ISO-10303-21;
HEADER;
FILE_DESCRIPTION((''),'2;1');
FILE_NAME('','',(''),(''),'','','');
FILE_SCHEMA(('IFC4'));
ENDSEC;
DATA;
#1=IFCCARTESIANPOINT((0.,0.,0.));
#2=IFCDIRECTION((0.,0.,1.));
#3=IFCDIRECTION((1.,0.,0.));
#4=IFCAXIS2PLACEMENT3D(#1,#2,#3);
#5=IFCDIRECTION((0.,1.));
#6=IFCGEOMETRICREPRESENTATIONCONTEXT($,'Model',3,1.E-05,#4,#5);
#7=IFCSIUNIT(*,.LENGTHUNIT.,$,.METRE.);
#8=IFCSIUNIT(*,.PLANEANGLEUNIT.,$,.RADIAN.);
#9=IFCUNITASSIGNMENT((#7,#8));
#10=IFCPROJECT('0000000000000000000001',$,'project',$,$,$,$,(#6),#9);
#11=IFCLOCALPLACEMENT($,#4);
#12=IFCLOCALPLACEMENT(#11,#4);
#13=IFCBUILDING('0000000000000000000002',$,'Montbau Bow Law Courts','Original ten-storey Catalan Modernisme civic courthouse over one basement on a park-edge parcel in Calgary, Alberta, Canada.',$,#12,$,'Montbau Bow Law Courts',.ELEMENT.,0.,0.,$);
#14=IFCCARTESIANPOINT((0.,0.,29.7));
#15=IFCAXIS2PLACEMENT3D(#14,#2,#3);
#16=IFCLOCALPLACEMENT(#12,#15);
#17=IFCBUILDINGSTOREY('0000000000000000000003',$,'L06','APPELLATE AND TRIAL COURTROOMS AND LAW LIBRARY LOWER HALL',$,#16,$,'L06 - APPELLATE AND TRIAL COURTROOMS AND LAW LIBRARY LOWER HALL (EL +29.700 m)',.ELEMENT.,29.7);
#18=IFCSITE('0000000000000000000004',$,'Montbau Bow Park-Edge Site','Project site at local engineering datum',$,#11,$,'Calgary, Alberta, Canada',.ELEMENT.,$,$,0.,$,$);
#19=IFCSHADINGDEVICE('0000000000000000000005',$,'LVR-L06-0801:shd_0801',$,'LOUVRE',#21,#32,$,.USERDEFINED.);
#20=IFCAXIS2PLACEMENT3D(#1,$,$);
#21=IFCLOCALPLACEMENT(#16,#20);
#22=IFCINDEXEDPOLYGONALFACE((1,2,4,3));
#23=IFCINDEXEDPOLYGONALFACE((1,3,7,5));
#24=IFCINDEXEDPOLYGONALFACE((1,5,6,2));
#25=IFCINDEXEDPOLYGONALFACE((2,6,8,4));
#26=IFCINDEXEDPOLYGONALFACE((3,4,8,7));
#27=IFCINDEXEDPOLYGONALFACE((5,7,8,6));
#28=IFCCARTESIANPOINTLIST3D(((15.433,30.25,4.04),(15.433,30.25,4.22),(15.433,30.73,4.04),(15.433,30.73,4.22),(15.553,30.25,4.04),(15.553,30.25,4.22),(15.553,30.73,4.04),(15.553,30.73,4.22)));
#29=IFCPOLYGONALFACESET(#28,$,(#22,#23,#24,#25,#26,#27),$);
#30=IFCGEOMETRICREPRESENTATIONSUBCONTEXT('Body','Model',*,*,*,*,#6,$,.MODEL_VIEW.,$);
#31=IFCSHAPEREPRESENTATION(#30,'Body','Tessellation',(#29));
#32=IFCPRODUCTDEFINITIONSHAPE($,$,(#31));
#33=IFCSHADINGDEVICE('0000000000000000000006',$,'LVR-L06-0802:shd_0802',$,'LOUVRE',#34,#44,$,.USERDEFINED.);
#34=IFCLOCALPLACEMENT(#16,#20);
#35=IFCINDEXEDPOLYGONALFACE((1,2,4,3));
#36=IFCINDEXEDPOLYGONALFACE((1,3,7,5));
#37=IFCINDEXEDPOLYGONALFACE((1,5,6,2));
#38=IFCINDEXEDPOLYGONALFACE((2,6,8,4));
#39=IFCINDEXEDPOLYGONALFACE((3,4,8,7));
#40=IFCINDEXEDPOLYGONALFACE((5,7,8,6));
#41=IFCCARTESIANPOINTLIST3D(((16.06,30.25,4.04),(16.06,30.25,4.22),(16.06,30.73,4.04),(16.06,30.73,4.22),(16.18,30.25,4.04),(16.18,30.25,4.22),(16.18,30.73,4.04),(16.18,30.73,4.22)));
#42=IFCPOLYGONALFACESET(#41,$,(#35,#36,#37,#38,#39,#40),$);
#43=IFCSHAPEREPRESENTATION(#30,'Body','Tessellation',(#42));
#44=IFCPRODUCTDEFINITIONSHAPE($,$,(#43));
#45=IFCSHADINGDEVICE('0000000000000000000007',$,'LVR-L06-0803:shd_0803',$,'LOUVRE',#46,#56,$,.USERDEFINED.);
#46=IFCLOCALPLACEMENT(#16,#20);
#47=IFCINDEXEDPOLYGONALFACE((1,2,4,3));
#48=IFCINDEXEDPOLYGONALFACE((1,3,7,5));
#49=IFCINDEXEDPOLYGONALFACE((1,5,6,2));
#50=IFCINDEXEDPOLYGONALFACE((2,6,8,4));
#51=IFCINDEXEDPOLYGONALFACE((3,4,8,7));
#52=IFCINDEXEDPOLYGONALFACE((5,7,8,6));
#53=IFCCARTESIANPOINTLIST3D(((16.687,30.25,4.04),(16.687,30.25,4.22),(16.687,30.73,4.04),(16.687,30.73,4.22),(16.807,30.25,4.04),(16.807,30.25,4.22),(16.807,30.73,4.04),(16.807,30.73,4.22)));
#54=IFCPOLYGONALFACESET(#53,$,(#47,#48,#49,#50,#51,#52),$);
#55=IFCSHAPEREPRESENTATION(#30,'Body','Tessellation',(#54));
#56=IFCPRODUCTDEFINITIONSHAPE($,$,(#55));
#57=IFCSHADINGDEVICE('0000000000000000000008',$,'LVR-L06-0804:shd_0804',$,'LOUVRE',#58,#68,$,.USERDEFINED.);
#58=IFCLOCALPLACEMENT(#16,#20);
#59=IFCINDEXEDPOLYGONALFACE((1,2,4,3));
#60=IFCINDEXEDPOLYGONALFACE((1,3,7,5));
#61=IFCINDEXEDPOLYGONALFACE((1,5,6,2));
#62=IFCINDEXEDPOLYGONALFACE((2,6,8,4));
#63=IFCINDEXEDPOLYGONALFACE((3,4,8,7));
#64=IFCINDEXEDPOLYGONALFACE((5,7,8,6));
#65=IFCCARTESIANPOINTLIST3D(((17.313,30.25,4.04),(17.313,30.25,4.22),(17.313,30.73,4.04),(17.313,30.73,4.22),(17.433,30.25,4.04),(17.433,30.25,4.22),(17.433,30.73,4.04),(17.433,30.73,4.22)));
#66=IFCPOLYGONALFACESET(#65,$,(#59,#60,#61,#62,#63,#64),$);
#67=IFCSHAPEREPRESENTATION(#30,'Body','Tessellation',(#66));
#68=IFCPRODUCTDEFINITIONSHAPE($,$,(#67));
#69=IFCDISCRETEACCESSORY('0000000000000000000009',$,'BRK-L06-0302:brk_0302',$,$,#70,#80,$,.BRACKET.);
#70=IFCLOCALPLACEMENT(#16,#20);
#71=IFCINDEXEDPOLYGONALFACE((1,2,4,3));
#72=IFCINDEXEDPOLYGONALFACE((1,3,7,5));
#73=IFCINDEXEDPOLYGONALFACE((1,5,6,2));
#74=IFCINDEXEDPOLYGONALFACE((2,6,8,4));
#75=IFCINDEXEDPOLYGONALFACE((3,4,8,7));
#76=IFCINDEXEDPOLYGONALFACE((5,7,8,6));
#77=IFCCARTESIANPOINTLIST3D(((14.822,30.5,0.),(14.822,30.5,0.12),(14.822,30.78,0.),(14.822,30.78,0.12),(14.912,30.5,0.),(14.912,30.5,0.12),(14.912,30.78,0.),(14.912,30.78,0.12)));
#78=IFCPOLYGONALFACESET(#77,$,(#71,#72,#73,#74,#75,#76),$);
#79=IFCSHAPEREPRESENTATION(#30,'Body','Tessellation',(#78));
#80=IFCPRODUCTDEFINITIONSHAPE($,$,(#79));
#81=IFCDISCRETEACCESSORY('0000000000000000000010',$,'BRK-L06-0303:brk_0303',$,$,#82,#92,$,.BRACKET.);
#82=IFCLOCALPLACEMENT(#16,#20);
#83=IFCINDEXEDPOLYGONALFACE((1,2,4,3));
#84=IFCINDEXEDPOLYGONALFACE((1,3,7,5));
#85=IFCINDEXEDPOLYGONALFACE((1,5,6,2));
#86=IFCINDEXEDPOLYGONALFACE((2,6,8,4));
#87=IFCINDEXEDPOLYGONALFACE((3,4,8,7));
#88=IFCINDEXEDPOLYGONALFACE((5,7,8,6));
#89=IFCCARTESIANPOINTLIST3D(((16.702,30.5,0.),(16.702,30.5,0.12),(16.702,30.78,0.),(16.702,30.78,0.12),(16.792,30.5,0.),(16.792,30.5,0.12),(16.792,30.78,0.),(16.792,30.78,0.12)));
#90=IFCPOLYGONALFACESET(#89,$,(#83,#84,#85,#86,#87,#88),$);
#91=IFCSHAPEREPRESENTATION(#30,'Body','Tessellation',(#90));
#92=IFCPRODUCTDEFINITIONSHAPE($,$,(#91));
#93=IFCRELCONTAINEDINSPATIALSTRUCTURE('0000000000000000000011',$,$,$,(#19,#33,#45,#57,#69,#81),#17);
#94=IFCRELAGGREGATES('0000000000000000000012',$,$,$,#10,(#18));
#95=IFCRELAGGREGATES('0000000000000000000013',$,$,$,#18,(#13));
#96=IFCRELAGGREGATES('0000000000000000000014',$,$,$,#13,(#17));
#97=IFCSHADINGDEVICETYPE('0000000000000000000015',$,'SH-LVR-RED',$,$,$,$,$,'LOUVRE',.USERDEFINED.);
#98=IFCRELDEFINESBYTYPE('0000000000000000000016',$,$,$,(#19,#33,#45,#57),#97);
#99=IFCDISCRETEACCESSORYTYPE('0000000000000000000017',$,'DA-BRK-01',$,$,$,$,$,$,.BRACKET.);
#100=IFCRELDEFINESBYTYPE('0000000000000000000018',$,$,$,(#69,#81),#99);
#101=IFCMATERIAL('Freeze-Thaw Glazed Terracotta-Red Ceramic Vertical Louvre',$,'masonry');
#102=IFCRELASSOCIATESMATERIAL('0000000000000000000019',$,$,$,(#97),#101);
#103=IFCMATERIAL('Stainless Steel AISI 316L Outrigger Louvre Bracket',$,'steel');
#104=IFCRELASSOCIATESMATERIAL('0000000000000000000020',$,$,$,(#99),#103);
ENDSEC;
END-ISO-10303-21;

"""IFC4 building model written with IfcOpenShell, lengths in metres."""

from ifc_helpers import new_model, si_unit, direction, frame, origin_with_axes, origin_2d_with_axis, place, context, subcontext, project, spatial, rectangle, extrude, material, type_object, element, save


model = new_model("IFC4")

# Units and contexts
model_context = context("Model", 3, precision=1e-05, world=origin_with_axes(), true_north=direction((0.0, 1.0)))
body_context = subcontext(model_context, "Body", "Model", "MODEL_VIEW")
ifc_project = project(units=[si_unit("LENGTHUNIT", "METRE"), si_unit("PLANEANGLEUNIT", "RADIAN")], contexts=[model_context])

# Site, building, storey
site_placement = place(None, origin_with_axes())
site = spatial("IfcSite", under=ifc_project, at=site_placement, Name="Montbau Bow Park-Edge Site", Description="Project site at local engineering datum", LongName="Calgary, Alberta, Canada", CompositionType="ELEMENT", RefElevation=0.0)
building_placement = place(site_placement, origin_with_axes())
building = spatial("IfcBuilding", under=site, at=building_placement, Name="Montbau Bow Law Courts", Description="Original ten-storey Catalan Modernisme civic courthouse over one basement on a park-edge parcel in Calgary, Alberta, Canada.", LongName="Montbau Bow Law Courts", CompositionType="ELEMENT", ElevationOfRefHeight=0.0, ElevationOfTerrain=0.0)
storey_placement = place(building_placement, frame((0.0, 0.0, 29.7), z_axis=(0.0, 0.0, 1.0), x_axis=(1.0, 0.0, 0.0)))
storey = spatial("IfcBuildingStorey", under=building, at=storey_placement, Name="L06", Description="APPELLATE AND TRIAL COURTROOMS AND LAW LIBRARY LOWER HALL", LongName="L06 - APPELLATE AND TRIAL COURTROOMS AND LAW LIBRARY LOWER HALL (EL +29.700 m)", CompositionType="ELEMENT", Elevation=29.7)

# Shared definitions
ifc_material_1 = material(Name="Freeze-Thaw Glazed Terracotta-Red Ceramic Vertical Louvre", Category="masonry")

# Shading devices
shading_device_type = type_object("IfcShadingDeviceType", Name="SH-LVR-RED", ElementType="LOUVRE", PredefinedType="USERDEFINED", material=ifc_material_1)
for number, where, z_axis, x_axis, name in (
    (1, (15.493, 30.49, 33.74), (0.0, 0.0, 1.0), (0.0, -1.0, 0.0), "LVR-L06-0801:shd_0801"),
    (2, (16.12, 30.49, 33.74), (0.0, 0.0, 1.0), (0.0, -1.0, 0.0), "LVR-L06-0802:shd_0802"),
    (3, (16.747, 30.49, 33.74), (0.0, 0.0, 1.0), (0.0, -1.0, 0.0), "LVR-L06-0803:shd_0803"),
    (4, (17.373, 30.49, 33.74), (0.0, 0.0, 1.0), (0.0, -1.0, 0.0), "LVR-L06-0804:shd_0804"),
):
    element("IfcShadingDevice", number, at=place(None, frame(where, z_axis=z_axis, x_axis=x_axis)), inside=storey, type_object=shading_device_type, Name=name, ObjectType="LOUVRE", PredefinedType="USERDEFINED", context=body_context, shape_type="SweptSolid", body=[
        extrude(rectangle(XDim=0.48, YDim=0.12, at=origin_2d_with_axis()), origin_with_axes(), (0.0, 0.0, 1.0), 0.18),
    ])

# Discrete accessories
ifc_material_2 = material(Name="Stainless Steel AISI 316L Outrigger Louvre Bracket", Category="steel")
discrete_accessory_type = type_object("IfcDiscreteAccessoryType", Name="DA-BRK-01", PredefinedType="BRACKET", material=ifc_material_2)
for number, where, z_axis, x_axis, name in (
    (5, (14.867, 30.64, 29.7), (0.0, 0.0, 1.0), (0.0, -1.0, 0.0), "BRK-L06-0302:brk_0302"),
    (6, (16.747, 30.64, 29.7), (0.0, 0.0, 1.0), (0.0, -1.0, 0.0), "BRK-L06-0303:brk_0303"),
):
    element("IfcDiscreteAccessory", number, at=place(None, frame(where, z_axis=z_axis, x_axis=x_axis)), inside=storey, type_object=discrete_accessory_type, Name=name, PredefinedType="BRACKET", context=body_context, shape_type="SweptSolid", body=[
        extrude(rectangle(XDim=0.28, YDim=0.09, at=origin_2d_with_axis()), origin_with_axes(), (0.0, 0.0, 1.0), 0.12),
    ])

save(model, "model.ifc")
